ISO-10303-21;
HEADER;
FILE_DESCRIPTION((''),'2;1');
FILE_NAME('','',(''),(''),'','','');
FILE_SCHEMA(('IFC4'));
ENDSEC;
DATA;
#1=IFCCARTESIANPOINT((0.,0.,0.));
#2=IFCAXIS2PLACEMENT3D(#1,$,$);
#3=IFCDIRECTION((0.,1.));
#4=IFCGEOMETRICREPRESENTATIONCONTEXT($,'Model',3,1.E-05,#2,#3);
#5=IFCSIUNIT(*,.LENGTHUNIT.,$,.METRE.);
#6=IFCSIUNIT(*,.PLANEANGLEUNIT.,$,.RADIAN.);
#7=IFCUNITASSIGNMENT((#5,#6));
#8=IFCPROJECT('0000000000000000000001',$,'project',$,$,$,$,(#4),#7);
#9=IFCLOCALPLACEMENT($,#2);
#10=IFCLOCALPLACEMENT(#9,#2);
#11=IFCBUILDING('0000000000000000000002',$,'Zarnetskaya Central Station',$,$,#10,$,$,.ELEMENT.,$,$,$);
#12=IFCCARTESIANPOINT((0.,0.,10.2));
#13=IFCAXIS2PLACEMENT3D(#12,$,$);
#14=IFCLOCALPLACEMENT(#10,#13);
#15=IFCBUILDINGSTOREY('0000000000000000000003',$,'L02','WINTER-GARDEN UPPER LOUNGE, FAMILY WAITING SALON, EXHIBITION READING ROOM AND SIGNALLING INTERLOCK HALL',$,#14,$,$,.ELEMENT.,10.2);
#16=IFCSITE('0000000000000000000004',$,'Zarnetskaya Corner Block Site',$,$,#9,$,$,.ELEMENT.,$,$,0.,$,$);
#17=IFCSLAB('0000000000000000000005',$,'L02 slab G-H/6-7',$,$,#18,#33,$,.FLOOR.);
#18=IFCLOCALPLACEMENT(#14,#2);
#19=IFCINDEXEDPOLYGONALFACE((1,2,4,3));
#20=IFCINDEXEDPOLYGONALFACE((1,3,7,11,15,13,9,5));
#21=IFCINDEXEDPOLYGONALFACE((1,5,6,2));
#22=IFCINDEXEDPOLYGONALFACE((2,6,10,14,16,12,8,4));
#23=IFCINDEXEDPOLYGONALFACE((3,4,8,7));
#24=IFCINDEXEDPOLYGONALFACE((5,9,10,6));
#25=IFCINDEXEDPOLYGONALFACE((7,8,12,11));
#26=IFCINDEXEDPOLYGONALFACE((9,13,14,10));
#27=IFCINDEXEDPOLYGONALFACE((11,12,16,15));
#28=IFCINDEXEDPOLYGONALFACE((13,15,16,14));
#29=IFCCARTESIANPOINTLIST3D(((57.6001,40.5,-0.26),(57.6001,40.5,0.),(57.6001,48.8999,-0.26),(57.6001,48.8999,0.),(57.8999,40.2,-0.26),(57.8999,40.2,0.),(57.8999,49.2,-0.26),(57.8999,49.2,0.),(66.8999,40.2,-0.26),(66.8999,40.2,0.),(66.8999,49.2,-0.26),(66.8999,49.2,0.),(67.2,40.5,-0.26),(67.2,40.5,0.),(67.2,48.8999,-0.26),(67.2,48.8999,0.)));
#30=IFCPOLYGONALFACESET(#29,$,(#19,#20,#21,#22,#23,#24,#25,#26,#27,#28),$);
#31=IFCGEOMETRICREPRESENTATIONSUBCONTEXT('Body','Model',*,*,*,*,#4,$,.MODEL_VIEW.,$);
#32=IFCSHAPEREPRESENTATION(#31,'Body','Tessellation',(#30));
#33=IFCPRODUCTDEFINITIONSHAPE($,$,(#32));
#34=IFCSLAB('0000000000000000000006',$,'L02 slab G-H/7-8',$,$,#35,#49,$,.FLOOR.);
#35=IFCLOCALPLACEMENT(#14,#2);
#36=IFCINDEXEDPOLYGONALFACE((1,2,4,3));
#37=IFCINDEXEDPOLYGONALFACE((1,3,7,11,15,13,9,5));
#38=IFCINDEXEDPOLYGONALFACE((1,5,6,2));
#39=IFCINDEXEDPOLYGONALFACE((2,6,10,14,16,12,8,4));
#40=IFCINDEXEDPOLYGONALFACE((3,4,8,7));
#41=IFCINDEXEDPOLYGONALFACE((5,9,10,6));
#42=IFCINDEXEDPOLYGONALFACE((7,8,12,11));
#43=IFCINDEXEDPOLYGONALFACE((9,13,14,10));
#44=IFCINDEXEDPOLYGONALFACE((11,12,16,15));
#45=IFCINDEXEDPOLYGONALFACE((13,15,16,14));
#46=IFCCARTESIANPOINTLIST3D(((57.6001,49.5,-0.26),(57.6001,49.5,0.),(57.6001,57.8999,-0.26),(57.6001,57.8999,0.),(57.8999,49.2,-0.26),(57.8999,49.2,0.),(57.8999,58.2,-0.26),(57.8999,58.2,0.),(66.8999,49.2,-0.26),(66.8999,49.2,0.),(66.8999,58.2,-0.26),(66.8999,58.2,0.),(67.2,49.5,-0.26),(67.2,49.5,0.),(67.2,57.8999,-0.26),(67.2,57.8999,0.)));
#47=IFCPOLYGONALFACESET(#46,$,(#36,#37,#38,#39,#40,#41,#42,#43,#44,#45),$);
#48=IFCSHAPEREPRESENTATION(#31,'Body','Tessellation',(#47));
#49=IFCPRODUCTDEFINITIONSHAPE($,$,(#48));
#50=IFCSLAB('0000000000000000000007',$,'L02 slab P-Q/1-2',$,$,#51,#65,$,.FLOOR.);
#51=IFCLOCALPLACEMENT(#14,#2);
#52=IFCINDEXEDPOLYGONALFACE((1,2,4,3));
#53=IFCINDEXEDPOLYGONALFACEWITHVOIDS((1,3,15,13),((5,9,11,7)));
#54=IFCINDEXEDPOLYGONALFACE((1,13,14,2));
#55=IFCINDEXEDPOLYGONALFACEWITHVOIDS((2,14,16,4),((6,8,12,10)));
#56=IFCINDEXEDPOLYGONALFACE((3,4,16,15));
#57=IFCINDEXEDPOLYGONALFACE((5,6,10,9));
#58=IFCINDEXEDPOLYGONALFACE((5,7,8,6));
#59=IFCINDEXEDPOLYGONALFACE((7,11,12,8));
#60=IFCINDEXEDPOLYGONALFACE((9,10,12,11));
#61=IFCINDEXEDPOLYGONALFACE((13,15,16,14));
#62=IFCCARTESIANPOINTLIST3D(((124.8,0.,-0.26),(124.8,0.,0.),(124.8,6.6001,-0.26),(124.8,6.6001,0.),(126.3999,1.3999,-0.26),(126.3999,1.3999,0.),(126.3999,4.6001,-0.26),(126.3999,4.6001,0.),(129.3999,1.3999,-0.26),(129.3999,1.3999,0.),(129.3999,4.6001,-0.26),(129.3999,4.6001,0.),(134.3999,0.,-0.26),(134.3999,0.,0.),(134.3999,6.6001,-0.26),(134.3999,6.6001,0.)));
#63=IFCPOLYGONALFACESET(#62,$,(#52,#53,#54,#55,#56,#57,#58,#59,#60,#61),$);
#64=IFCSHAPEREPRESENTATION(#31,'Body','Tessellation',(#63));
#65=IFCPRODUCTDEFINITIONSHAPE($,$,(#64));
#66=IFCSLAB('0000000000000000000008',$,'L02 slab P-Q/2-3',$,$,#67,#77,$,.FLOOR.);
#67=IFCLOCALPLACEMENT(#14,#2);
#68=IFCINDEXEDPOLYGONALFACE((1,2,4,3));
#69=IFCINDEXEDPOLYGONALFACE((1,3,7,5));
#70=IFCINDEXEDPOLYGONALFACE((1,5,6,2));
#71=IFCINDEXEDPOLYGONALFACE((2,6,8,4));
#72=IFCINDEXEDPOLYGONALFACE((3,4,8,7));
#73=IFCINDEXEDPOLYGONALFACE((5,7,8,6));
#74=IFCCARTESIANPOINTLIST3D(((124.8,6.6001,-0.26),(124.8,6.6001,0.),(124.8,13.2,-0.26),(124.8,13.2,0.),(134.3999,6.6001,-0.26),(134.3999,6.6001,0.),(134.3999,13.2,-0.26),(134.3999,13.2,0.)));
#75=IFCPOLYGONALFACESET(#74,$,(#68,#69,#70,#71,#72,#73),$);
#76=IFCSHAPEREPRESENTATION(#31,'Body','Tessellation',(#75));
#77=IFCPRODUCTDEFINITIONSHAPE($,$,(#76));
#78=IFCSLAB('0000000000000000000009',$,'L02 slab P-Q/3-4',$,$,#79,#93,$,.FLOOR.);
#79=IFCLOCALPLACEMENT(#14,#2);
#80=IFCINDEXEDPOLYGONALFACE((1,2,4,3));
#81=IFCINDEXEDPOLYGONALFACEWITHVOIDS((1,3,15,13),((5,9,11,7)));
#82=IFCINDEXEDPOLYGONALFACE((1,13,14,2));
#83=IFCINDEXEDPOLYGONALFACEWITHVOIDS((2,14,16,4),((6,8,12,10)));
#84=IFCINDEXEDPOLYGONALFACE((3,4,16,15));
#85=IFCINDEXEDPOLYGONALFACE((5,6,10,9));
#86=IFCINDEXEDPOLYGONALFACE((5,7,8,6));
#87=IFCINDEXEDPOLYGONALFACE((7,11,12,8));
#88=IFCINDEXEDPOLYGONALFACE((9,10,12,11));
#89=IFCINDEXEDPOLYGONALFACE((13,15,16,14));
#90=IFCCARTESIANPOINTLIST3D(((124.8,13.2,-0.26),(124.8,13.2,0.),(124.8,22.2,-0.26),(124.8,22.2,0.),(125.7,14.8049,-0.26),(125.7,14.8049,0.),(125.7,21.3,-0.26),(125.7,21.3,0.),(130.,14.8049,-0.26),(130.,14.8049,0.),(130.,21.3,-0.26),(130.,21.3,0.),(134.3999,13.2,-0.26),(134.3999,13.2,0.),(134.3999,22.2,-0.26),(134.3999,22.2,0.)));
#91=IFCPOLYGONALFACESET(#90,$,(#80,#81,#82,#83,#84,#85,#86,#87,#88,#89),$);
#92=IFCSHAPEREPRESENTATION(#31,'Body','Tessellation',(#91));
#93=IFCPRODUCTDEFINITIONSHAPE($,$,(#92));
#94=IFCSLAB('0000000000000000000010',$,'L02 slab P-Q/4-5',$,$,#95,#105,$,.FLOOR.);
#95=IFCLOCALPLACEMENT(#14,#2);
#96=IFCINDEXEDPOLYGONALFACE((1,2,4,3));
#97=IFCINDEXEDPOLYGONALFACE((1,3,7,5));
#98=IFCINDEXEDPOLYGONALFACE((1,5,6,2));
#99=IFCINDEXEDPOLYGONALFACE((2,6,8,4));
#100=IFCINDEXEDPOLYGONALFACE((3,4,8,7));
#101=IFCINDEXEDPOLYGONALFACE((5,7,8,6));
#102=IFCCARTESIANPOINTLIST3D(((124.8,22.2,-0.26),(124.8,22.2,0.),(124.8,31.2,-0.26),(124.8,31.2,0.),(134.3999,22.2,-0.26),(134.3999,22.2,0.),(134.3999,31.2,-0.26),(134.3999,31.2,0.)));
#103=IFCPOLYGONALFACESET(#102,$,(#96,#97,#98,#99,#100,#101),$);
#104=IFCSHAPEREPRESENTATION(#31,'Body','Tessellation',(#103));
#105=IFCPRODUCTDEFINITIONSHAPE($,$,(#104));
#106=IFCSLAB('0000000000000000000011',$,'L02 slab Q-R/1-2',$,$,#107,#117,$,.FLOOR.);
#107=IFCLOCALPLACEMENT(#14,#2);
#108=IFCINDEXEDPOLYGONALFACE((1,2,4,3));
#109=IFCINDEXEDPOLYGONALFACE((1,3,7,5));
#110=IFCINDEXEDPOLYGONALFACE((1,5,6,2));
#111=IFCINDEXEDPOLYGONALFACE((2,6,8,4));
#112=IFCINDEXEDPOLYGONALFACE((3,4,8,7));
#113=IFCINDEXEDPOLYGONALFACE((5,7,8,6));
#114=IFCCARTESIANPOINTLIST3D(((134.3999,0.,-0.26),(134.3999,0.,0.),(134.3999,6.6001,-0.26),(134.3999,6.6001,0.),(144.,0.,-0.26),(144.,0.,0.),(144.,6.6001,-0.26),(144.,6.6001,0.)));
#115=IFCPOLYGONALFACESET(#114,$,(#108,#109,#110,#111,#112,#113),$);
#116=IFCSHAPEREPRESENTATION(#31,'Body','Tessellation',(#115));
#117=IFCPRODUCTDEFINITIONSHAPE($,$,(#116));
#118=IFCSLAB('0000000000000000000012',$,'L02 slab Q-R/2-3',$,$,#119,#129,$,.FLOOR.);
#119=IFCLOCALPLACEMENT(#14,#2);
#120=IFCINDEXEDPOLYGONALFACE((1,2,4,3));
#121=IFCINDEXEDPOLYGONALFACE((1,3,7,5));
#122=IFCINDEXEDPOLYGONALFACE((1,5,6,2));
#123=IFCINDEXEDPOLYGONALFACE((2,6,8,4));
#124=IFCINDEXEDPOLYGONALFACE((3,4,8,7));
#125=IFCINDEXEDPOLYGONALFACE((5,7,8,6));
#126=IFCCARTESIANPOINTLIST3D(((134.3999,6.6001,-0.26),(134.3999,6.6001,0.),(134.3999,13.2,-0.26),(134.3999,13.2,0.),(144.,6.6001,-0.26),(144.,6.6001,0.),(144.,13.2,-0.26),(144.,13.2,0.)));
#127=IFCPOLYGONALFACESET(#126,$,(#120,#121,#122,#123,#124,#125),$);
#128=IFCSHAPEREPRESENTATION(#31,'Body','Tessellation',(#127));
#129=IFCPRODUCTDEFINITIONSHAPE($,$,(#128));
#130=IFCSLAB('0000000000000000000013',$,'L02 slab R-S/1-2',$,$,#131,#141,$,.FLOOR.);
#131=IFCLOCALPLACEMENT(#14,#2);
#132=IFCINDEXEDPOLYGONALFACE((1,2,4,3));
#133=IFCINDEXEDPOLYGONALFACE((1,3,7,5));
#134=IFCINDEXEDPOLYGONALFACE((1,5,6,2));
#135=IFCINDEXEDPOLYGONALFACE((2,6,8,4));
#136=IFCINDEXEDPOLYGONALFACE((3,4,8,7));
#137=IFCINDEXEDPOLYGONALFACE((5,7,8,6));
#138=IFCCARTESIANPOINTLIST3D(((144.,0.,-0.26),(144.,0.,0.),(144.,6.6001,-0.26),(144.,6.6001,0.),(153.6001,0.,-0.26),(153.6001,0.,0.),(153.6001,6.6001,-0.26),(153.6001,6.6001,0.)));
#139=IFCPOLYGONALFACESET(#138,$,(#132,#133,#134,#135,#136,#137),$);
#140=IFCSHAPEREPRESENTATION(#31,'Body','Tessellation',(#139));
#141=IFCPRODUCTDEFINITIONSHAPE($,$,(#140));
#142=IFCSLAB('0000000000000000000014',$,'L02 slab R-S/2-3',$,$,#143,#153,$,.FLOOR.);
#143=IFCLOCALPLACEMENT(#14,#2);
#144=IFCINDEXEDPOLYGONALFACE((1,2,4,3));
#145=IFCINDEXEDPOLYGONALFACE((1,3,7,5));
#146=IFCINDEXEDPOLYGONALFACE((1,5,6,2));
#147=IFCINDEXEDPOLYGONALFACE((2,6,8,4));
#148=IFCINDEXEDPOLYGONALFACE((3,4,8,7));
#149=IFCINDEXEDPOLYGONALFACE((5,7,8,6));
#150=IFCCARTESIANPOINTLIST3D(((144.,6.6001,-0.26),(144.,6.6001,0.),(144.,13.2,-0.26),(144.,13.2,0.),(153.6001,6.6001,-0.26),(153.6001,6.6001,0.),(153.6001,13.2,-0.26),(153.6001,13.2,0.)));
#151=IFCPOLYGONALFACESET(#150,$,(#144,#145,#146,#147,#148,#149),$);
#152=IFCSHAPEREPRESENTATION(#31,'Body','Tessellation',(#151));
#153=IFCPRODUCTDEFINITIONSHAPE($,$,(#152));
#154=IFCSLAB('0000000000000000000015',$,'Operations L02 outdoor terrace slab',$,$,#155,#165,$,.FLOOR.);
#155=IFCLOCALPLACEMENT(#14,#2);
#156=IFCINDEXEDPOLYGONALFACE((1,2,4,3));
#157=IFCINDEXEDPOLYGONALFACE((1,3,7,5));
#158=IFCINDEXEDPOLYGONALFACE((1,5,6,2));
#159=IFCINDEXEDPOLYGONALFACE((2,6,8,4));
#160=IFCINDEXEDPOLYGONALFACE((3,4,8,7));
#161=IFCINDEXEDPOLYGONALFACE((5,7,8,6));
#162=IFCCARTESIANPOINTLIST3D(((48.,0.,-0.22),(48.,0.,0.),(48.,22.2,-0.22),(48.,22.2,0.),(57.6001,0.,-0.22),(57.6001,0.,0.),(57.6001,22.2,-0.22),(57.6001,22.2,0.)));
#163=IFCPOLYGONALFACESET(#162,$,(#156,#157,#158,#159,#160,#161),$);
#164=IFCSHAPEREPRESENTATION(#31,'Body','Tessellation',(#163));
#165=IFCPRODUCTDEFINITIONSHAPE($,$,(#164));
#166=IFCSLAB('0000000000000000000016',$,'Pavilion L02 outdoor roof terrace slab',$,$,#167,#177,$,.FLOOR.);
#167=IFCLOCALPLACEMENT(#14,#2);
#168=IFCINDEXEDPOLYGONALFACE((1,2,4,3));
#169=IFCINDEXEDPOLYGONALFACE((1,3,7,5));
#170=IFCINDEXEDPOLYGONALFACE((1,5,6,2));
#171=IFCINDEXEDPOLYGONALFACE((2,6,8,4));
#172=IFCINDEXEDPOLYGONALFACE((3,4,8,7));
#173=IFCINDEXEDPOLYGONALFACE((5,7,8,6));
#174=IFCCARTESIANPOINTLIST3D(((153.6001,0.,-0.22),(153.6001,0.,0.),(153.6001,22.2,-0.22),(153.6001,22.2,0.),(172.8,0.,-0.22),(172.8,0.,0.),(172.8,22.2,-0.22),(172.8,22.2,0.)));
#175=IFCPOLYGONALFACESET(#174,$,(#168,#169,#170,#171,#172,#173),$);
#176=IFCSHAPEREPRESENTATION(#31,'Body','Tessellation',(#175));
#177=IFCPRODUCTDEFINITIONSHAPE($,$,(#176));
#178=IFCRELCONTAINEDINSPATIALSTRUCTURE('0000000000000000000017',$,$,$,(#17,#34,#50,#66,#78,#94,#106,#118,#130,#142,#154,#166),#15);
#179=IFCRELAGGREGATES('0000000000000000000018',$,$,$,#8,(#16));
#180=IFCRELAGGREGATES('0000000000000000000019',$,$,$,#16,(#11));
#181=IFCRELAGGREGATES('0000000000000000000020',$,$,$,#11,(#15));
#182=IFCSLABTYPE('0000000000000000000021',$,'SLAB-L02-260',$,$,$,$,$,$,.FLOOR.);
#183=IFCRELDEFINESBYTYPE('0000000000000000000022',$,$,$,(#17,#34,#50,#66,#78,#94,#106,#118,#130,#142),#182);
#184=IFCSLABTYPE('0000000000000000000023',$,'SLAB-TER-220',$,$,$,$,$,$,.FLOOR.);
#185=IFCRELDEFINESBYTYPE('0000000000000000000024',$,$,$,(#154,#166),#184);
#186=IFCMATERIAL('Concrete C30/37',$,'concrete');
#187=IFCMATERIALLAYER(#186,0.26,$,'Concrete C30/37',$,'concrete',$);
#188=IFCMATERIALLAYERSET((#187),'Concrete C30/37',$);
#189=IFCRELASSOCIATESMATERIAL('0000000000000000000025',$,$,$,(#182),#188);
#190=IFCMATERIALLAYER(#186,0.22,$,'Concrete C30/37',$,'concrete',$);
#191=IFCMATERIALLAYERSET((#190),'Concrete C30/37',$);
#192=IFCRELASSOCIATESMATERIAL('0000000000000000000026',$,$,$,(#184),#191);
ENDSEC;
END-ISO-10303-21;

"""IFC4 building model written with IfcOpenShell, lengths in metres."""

from ifc_helpers import new_model, si_unit, direction, frame, origin, place, context, subcontext, project, spatial, polyline, outline, extrude, material, layer, layer_set, type_object, element, save


model = new_model("IFC4")

# Units and contexts
model_context = context("Model", 3, precision=1e-05, world=origin(), true_north=direction((0.0, 1.0)))
body_context = subcontext(model_context, "Body", "Model", "MODEL_VIEW")
ifc_project = project(units=[si_unit("LENGTHUNIT", "METRE"), si_unit("PLANEANGLEUNIT", "RADIAN")], contexts=[model_context])

# Site, building, storey
site_placement = place(None, origin())
site = spatial("IfcSite", under=ifc_project, at=site_placement, Name="Zarnetskaya Corner Block Site", CompositionType="ELEMENT", RefElevation=0.0)
building_placement = place(site_placement, origin())
building = spatial("IfcBuilding", under=site, at=building_placement, Name="Zarnetskaya Central Station", CompositionType="ELEMENT")
storey_placement = place(building_placement, frame((0.0, 0.0, 10.2)))
storey = spatial("IfcBuildingStorey", under=building, at=storey_placement, Name="L02", Description="WINTER-GARDEN UPPER LOUNGE, FAMILY WAITING SALON, EXHIBITION READING ROOM AND SIGNALLING INTERLOCK HALL", CompositionType="ELEMENT", Elevation=10.2)

# Slabs
ifc_material = material(Name="Concrete C30/37", Category="concrete")
ifc_layer_1 = layer(ifc_material, 0.26, Name="Concrete C30/37", Category="concrete")
ifc_layer_set_1 = layer_set([ifc_layer_1], Name="Concrete C30/37")
slab_type_1 = type_object("IfcSlabType", Name="SLAB-L02-260", PredefinedType="FLOOR", material=ifc_layer_set_1)
slab_1_placement = place(storey_placement, frame((0.0, 0.0, -0.26)))
element("IfcSlab", 1, at=slab_1_placement, inside=storey, type_object=slab_type_1, Name="L02 slab G-H/6-7", PredefinedType="FLOOR", context=body_context, shape_type="SweptSolid", body=[
    extrude(outline(polyline([(57.8999, 40.2), (66.8999, 40.2), (67.2, 40.5), (67.2, 48.8999), (66.8999, 49.2), (57.8999, 49.2), (57.6001, 48.8999), (57.6001, 40.5), (57.8999, 40.2)])), origin(), (0.0, 0.0, 1.0), 0.26),
])
slab_2_placement = place(storey_placement, frame((0.0, 0.0, -0.26)))
element("IfcSlab", 2, at=slab_2_placement, inside=storey, type_object=slab_type_1, Name="L02 slab G-H/7-8", PredefinedType="FLOOR", context=body_context, shape_type="SweptSolid", body=[
    extrude(outline(polyline([(57.8999, 49.2), (66.8999, 49.2), (67.2, 49.5), (67.2, 57.8999), (66.8999, 58.2), (57.8999, 58.2), (57.6001, 57.8999), (57.6001, 49.5), (57.8999, 49.2)])), origin(), (0.0, 0.0, 1.0), 0.26),
])
slab_3_placement = place(storey_placement, frame((0.0, 0.0, -0.26)))
element("IfcSlab", 3, at=slab_3_placement, inside=storey, type_object=slab_type_1, Name="L02 slab P-Q/1-2", PredefinedType="FLOOR", context=body_context, shape_type="SweptSolid", body=[
    extrude(outline(polyline([(124.8, 0.0), (134.3999, 0.0), (134.3999, 6.6001), (124.8, 6.6001), (124.8, 0.0)]), holes=[polyline([(126.3999, 1.3999), (129.3999, 1.3999), (129.3999, 4.6001), (126.3999, 4.6001), (126.3999, 1.3999)])]), origin(), (0.0, 0.0, 1.0), 0.26),
])
slab_4_placement = place(storey_placement, frame((0.0, 0.0, -0.26)))
element("IfcSlab", 4, at=slab_4_placement, inside=storey, type_object=slab_type_1, Name="L02 slab P-Q/2-3", PredefinedType="FLOOR", context=body_context, shape_type="SweptSolid", body=[
    extrude(outline(polyline([(124.8, 6.6001), (134.3999, 6.6001), (134.3999, 13.2), (124.8, 13.2), (124.8, 6.6001)])), origin(), (0.0, 0.0, 1.0), 0.26),
])
slab_5_placement = place(storey_placement, frame((0.0, 0.0, -0.26)))
element("IfcSlab", 5, at=slab_5_placement, inside=storey, type_object=slab_type_1, Name="L02 slab P-Q/3-4", PredefinedType="FLOOR", context=body_context, shape_type="SweptSolid", body=[
    extrude(outline(polyline([(124.8, 13.2), (134.3999, 13.2), (134.3999, 22.2), (124.8, 22.2), (124.8, 13.2)]), holes=[polyline([(125.7, 14.8049), (130.0, 14.8049), (130.0, 21.3), (125.7, 21.3), (125.7, 14.8049)])]), origin(), (0.0, 0.0, 1.0), 0.26),
])
slab_6_placement = place(storey_placement, frame((0.0, 0.0, -0.26)))
element("IfcSlab", 6, at=slab_6_placement, inside=storey, type_object=slab_type_1, Name="L02 slab P-Q/4-5", PredefinedType="FLOOR", context=body_context, shape_type="SweptSolid", body=[
    extrude(outline(polyline([(124.8, 22.2), (134.3999, 22.2), (134.3999, 31.2), (124.8, 31.2), (124.8, 22.2)])), origin(), (0.0, 0.0, 1.0), 0.26),
])
slab_7_placement = place(storey_placement, frame((0.0, 0.0, -0.26)))
element("IfcSlab", 7, at=slab_7_placement, inside=storey, type_object=slab_type_1, Name="L02 slab Q-R/1-2", PredefinedType="FLOOR", context=body_context, shape_type="SweptSolid", body=[
    extrude(outline(polyline([(134.3999, 0.0), (144.0, 0.0), (144.0, 6.6001), (134.3999, 6.6001), (134.3999, 0.0)])), origin(), (0.0, 0.0, 1.0), 0.26),
])
slab_8_placement = place(storey_placement, frame((0.0, 0.0, -0.26)))
element("IfcSlab", 8, at=slab_8_placement, inside=storey, type_object=slab_type_1, Name="L02 slab Q-R/2-3", PredefinedType="FLOOR", context=body_context, shape_type="SweptSolid", body=[
    extrude(outline(polyline([(134.3999, 6.6001), (144.0, 6.6001), (144.0, 13.2), (134.3999, 13.2), (134.3999, 6.6001)])), origin(), (0.0, 0.0, 1.0), 0.26),
])
slab_9_placement = place(storey_placement, frame((0.0, 0.0, -0.26)))
element("IfcSlab", 9, at=slab_9_placement, inside=storey, type_object=slab_type_1, Name="L02 slab R-S/1-2", PredefinedType="FLOOR", context=body_context, shape_type="SweptSolid", body=[
    extrude(outline(polyline([(144.0, 0.0), (153.6001, 0.0), (153.6001, 6.6001), (144.0, 6.6001), (144.0, 0.0)])), origin(), (0.0, 0.0, 1.0), 0.26),
])
slab_10_placement = place(storey_placement, frame((0.0, 0.0, -0.26)))
element("IfcSlab", 10, at=slab_10_placement, inside=storey, type_object=slab_type_1, Name="L02 slab R-S/2-3", PredefinedType="FLOOR", context=body_context, shape_type="SweptSolid", body=[
    extrude(outline(polyline([(144.0, 6.6001), (153.6001, 6.6001), (153.6001, 13.2), (144.0, 13.2), (144.0, 6.6001)])), origin(), (0.0, 0.0, 1.0), 0.26),
])
ifc_layer_2 = layer(ifc_material, 0.22, Name="Concrete C30/37", Category="concrete")
ifc_layer_set_2 = layer_set([ifc_layer_2], Name="Concrete C30/37")
slab_type_2 = type_object("IfcSlabType", Name="SLAB-TER-220", PredefinedType="FLOOR", material=ifc_layer_set_2)
slab_11_placement = place(storey_placement, frame((0.0, 0.0, -0.22)))
element("IfcSlab", 11, at=slab_11_placement, inside=storey, type_object=slab_type_2, Name="Operations L02 outdoor terrace slab", PredefinedType="FLOOR", context=body_context, shape_type="SweptSolid", body=[
    extrude(outline(polyline([(48.0, 0.0), (57.6001, 0.0), (57.6001, 22.2), (48.0, 22.2), (48.0, 0.0)])), origin(), (0.0, 0.0, 1.0), 0.22),
])
slab_12_placement = place(storey_placement, frame((0.0, 0.0, -0.22)))
element("IfcSlab", 12, at=slab_12_placement, inside=storey, type_object=slab_type_2, Name="Pavilion L02 outdoor roof terrace slab", PredefinedType="FLOOR", context=body_context, shape_type="SweptSolid", body=[
    extrude(outline(polyline([(153.6001, 0.0), (172.8, 0.0), (172.8, 22.2), (153.6001, 22.2), (153.6001, 0.0)])), origin(), (0.0, 0.0, 1.0), 0.22),
])

save(model, "model.ifc")
